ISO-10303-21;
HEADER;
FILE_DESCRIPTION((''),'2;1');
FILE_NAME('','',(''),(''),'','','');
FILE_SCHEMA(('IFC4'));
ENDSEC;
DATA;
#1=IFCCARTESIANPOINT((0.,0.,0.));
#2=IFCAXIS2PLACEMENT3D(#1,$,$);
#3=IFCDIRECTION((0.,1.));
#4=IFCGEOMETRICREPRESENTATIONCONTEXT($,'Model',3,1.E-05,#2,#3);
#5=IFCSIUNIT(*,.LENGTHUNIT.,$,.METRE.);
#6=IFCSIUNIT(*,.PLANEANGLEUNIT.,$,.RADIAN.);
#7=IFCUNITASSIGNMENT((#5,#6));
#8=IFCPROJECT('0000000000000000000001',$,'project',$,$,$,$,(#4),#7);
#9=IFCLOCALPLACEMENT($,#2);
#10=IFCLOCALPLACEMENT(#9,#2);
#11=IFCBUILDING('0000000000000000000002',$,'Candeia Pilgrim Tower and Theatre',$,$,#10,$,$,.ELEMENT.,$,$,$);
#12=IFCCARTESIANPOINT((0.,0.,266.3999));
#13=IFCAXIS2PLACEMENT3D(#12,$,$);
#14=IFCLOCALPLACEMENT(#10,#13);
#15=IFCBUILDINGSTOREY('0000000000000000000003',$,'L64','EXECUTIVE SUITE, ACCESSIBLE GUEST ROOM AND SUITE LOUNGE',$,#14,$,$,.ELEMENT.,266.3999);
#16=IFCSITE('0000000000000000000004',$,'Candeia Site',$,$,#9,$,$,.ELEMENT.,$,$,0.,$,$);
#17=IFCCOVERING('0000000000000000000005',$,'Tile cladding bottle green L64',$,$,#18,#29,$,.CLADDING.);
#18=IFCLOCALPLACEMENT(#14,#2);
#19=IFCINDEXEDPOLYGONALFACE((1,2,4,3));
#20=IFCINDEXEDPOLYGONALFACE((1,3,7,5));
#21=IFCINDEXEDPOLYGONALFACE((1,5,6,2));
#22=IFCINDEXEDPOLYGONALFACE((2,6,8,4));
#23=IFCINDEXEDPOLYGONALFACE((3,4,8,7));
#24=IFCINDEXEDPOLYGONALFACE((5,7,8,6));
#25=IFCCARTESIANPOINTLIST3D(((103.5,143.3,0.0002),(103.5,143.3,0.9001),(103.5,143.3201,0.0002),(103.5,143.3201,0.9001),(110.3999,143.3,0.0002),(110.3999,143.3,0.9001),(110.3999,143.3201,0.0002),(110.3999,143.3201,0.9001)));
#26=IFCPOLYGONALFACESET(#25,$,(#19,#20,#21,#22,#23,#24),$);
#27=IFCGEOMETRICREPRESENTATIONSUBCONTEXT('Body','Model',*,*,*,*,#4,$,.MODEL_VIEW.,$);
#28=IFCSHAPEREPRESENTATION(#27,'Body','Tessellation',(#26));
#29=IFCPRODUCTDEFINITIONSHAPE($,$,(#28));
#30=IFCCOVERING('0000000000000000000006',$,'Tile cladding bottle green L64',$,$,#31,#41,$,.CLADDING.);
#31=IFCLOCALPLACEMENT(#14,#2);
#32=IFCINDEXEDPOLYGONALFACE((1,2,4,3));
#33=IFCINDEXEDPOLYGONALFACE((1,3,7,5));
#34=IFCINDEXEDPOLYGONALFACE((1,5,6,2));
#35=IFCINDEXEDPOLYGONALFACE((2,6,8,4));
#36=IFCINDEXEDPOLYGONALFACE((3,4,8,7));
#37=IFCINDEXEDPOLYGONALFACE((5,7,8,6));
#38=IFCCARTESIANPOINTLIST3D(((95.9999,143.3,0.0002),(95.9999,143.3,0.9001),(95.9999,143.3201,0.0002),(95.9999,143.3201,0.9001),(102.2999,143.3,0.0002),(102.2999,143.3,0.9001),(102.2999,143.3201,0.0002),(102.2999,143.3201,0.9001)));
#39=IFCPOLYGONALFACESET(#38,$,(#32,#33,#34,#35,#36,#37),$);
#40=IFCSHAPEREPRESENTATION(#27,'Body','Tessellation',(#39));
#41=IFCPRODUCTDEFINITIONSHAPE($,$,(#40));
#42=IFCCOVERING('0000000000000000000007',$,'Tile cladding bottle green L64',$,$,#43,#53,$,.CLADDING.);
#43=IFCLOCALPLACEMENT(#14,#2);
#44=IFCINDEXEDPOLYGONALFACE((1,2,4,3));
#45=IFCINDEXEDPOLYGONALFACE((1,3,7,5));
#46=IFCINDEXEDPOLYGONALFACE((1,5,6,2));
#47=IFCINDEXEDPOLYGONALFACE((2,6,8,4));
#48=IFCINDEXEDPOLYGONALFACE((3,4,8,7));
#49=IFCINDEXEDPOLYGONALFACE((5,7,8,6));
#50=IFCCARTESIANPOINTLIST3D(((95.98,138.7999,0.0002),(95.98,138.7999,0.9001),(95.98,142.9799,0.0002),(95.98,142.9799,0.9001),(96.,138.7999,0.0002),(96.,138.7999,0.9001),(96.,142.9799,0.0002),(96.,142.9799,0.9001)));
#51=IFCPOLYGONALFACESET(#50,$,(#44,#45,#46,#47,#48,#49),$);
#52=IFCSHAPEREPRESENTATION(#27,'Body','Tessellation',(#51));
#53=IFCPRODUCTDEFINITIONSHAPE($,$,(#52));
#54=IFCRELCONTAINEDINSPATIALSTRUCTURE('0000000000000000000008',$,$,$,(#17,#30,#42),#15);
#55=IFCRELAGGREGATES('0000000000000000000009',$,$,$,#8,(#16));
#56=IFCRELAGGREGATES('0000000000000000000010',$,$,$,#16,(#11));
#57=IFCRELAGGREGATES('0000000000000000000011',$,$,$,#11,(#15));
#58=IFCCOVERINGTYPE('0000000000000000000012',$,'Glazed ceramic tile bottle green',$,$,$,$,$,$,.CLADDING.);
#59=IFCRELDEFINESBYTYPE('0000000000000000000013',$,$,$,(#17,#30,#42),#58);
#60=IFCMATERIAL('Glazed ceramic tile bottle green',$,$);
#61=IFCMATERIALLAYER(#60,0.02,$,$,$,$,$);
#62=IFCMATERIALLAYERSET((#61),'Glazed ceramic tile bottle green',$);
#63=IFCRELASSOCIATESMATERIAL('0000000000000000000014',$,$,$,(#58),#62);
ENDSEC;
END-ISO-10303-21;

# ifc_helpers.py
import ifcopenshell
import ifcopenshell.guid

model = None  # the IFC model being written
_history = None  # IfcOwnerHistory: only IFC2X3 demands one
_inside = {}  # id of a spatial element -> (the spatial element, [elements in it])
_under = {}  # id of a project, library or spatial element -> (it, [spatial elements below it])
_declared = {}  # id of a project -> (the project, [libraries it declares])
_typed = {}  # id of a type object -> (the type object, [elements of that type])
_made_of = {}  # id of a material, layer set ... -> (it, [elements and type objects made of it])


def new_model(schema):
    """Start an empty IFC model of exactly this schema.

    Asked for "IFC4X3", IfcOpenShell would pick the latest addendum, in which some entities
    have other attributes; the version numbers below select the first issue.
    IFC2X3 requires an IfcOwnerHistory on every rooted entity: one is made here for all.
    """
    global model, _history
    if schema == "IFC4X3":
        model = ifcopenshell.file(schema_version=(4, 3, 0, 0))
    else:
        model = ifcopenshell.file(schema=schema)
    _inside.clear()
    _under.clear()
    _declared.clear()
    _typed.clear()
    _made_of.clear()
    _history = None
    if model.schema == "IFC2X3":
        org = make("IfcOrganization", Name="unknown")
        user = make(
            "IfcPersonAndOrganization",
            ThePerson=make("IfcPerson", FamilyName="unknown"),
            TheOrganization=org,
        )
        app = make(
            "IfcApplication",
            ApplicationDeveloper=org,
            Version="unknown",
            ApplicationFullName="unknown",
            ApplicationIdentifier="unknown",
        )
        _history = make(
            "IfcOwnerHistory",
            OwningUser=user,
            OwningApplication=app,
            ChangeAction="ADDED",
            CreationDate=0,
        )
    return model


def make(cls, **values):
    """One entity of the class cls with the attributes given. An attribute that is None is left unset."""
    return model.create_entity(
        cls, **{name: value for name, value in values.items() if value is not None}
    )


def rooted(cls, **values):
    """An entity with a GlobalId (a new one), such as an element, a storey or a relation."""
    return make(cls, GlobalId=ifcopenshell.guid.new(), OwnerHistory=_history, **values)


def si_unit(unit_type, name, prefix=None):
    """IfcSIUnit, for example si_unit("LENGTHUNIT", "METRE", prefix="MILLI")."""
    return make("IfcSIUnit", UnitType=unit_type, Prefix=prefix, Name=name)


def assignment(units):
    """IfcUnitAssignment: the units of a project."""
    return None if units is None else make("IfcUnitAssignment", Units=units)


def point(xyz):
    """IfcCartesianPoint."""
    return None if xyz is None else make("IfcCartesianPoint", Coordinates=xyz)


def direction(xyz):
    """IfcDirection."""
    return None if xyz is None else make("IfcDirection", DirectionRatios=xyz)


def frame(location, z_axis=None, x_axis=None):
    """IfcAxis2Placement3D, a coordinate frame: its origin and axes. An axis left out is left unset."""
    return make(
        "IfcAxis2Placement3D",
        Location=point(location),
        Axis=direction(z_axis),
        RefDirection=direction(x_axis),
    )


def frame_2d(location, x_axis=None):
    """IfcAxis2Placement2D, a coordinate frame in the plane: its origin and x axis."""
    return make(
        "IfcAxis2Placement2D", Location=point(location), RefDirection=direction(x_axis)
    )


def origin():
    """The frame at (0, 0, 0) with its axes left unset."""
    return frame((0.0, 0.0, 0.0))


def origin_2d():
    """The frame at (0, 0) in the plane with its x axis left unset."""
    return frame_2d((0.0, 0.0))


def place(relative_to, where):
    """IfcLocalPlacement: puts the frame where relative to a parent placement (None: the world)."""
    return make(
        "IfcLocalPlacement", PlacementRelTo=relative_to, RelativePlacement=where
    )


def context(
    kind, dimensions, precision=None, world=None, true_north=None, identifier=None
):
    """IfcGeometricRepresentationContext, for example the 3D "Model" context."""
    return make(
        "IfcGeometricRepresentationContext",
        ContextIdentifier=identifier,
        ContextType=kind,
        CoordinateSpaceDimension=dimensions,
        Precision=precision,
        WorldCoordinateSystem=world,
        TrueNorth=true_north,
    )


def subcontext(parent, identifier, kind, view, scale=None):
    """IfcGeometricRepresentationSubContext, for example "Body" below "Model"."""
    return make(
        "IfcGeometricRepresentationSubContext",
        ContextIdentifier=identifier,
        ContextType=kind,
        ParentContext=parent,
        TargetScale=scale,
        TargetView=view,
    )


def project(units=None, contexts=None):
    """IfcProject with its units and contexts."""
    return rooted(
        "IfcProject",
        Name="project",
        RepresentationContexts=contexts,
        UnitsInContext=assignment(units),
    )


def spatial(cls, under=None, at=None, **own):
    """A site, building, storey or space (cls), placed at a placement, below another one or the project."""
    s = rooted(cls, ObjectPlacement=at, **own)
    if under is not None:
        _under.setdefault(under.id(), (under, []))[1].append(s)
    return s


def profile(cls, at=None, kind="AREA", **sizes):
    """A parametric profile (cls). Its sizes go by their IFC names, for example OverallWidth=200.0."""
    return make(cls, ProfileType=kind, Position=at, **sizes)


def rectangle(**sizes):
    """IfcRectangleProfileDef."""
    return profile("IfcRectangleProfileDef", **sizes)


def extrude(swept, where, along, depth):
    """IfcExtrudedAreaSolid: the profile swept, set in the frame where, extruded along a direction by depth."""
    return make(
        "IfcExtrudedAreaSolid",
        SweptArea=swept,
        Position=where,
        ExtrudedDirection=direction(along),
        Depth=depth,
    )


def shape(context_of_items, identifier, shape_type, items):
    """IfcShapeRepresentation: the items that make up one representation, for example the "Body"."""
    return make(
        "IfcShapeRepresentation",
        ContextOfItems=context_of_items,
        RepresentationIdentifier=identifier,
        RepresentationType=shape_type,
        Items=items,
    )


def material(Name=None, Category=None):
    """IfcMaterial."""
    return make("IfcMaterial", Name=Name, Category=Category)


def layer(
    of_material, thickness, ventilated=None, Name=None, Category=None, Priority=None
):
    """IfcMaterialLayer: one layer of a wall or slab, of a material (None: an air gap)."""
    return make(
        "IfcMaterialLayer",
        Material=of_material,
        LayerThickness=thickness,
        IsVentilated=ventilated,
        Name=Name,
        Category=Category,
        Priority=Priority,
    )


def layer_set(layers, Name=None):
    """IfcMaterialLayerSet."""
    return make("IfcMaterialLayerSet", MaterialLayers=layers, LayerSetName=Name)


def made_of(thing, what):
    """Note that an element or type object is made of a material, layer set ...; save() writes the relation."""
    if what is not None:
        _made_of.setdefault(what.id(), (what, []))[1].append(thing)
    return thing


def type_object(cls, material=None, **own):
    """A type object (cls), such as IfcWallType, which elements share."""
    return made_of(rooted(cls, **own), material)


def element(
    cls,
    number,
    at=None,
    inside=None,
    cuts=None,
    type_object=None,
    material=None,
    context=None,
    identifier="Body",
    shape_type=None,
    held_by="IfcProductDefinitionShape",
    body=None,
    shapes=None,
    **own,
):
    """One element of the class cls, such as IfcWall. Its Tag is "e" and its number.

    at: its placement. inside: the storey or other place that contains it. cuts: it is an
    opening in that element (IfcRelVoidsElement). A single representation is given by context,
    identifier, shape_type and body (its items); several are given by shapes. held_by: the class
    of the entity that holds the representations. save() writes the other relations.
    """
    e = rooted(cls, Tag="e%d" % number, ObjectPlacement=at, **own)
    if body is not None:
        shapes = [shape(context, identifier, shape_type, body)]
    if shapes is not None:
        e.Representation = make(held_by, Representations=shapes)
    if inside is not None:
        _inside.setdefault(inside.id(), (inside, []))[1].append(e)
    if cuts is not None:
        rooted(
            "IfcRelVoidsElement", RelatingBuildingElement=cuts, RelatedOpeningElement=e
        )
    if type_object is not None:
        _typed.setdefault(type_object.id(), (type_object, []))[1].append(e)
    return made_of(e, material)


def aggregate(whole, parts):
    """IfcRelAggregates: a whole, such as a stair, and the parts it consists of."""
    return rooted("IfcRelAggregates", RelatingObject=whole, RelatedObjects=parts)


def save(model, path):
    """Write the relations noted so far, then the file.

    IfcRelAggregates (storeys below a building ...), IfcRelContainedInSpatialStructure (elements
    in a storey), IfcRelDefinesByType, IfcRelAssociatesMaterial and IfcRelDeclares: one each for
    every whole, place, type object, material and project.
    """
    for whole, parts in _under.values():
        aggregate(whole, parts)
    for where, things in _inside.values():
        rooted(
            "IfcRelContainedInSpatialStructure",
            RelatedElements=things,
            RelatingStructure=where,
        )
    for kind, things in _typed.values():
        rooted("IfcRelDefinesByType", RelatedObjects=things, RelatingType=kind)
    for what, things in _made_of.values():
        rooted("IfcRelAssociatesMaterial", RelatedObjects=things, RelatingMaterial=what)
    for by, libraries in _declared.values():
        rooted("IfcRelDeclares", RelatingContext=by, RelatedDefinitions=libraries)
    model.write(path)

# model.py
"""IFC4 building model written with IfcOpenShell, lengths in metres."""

from ifc_helpers import new_model, si_unit, direction, frame, origin, origin_2d, place, context, subcontext, project, spatial, rectangle, extrude, material, layer, layer_set, type_object, element, save


model = new_model("IFC4")

# Units and contexts
model_context = context("Model", 3, precision=1e-05, world=origin(), true_north=direction((0.0, 1.0)))
body_context = subcontext(model_context, "Body", "Model", "MODEL_VIEW")
ifc_project = project(units=[si_unit("LENGTHUNIT", "METRE"), si_unit("PLANEANGLEUNIT", "RADIAN")], contexts=[model_context])

# Site, building, storey
site_placement = place(None, origin())
site = spatial("IfcSite", under=ifc_project, at=site_placement, Name="Candeia Site", CompositionType="ELEMENT", RefElevation=0.0)
building_placement = place(site_placement, origin())
building = spatial("IfcBuilding", under=site, at=building_placement, Name="Candeia Pilgrim Tower and Theatre", CompositionType="ELEMENT")
storey_placement = place(building_placement, frame((0.0, 0.0, 266.3999)))
storey = spatial("IfcBuildingStorey", under=building, at=storey_placement, Name="L64", Description="EXECUTIVE SUITE, ACCESSIBLE GUEST ROOM AND SUITE LOUNGE", CompositionType="ELEMENT", Elevation=266.3999)

# Coverings
ifc_material_1 = material(Name="Glazed ceramic tile bottle green")
ifc_layer_1 = layer(ifc_material_1, 0.02)
ifc_layer_set_1 = layer_set([ifc_layer_1], Name="Glazed ceramic tile bottle green")
covering_type = type_object("IfcCoveringType", Name="Glazed ceramic tile bottle green", PredefinedType="CLADDING", material=ifc_layer_set_1)
covering_1_placement = place(storey_placement, frame((106.95, 143.3101, 0.0002), z_axis=(0.0, 0.0, 1.0), x_axis=(-1.0, 0.0, 0.0)))
element("IfcCovering", 1, at=covering_1_placement, inside=storey, type_object=covering_type, Name="Tile cladding bottle green L64", PredefinedType="CLADDING", context=body_context, shape_type="SweptSolid", body=[
    extrude(rectangle(XDim=6.8999, YDim=0.02, at=origin_2d()), origin(), (0.0, 0.0, 1.0), 0.8999),
])
covering_2_placement = place(storey_placement, frame((99.1499, 143.3101, 0.0002), z_axis=(0.0, 0.0, 1.0), x_axis=(-1.0, 0.0, 0.0)))
element("IfcCovering", 2, at=covering_2_placement, inside=storey, type_object=covering_type, Name="Tile cladding bottle green L64", PredefinedType="CLADDING", context=body_context, shape_type="SweptSolid", body=[
    extrude(rectangle(XDim=6.3, YDim=0.02, at=origin_2d()), origin(), (0.0, 0.0, 1.0), 0.8999),
])
covering_3_placement = place(storey_placement, frame((95.99, 140.8899, 0.0002), z_axis=(0.0, 0.0, 1.0), x_axis=(0.0, -1.0, 0.0)))
element("IfcCovering", 3, at=covering_3_placement, inside=storey, type_object=covering_type, Name="Tile cladding bottle green L64", PredefinedType="CLADDING", context=body_context, shape_type="SweptSolid", body=[
    extrude(rectangle(XDim=4.1799, YDim=0.02, at=origin_2d()), origin(), (0.0, 0.0, 1.0), 0.8999),
])

save(model, "model.ifc")
